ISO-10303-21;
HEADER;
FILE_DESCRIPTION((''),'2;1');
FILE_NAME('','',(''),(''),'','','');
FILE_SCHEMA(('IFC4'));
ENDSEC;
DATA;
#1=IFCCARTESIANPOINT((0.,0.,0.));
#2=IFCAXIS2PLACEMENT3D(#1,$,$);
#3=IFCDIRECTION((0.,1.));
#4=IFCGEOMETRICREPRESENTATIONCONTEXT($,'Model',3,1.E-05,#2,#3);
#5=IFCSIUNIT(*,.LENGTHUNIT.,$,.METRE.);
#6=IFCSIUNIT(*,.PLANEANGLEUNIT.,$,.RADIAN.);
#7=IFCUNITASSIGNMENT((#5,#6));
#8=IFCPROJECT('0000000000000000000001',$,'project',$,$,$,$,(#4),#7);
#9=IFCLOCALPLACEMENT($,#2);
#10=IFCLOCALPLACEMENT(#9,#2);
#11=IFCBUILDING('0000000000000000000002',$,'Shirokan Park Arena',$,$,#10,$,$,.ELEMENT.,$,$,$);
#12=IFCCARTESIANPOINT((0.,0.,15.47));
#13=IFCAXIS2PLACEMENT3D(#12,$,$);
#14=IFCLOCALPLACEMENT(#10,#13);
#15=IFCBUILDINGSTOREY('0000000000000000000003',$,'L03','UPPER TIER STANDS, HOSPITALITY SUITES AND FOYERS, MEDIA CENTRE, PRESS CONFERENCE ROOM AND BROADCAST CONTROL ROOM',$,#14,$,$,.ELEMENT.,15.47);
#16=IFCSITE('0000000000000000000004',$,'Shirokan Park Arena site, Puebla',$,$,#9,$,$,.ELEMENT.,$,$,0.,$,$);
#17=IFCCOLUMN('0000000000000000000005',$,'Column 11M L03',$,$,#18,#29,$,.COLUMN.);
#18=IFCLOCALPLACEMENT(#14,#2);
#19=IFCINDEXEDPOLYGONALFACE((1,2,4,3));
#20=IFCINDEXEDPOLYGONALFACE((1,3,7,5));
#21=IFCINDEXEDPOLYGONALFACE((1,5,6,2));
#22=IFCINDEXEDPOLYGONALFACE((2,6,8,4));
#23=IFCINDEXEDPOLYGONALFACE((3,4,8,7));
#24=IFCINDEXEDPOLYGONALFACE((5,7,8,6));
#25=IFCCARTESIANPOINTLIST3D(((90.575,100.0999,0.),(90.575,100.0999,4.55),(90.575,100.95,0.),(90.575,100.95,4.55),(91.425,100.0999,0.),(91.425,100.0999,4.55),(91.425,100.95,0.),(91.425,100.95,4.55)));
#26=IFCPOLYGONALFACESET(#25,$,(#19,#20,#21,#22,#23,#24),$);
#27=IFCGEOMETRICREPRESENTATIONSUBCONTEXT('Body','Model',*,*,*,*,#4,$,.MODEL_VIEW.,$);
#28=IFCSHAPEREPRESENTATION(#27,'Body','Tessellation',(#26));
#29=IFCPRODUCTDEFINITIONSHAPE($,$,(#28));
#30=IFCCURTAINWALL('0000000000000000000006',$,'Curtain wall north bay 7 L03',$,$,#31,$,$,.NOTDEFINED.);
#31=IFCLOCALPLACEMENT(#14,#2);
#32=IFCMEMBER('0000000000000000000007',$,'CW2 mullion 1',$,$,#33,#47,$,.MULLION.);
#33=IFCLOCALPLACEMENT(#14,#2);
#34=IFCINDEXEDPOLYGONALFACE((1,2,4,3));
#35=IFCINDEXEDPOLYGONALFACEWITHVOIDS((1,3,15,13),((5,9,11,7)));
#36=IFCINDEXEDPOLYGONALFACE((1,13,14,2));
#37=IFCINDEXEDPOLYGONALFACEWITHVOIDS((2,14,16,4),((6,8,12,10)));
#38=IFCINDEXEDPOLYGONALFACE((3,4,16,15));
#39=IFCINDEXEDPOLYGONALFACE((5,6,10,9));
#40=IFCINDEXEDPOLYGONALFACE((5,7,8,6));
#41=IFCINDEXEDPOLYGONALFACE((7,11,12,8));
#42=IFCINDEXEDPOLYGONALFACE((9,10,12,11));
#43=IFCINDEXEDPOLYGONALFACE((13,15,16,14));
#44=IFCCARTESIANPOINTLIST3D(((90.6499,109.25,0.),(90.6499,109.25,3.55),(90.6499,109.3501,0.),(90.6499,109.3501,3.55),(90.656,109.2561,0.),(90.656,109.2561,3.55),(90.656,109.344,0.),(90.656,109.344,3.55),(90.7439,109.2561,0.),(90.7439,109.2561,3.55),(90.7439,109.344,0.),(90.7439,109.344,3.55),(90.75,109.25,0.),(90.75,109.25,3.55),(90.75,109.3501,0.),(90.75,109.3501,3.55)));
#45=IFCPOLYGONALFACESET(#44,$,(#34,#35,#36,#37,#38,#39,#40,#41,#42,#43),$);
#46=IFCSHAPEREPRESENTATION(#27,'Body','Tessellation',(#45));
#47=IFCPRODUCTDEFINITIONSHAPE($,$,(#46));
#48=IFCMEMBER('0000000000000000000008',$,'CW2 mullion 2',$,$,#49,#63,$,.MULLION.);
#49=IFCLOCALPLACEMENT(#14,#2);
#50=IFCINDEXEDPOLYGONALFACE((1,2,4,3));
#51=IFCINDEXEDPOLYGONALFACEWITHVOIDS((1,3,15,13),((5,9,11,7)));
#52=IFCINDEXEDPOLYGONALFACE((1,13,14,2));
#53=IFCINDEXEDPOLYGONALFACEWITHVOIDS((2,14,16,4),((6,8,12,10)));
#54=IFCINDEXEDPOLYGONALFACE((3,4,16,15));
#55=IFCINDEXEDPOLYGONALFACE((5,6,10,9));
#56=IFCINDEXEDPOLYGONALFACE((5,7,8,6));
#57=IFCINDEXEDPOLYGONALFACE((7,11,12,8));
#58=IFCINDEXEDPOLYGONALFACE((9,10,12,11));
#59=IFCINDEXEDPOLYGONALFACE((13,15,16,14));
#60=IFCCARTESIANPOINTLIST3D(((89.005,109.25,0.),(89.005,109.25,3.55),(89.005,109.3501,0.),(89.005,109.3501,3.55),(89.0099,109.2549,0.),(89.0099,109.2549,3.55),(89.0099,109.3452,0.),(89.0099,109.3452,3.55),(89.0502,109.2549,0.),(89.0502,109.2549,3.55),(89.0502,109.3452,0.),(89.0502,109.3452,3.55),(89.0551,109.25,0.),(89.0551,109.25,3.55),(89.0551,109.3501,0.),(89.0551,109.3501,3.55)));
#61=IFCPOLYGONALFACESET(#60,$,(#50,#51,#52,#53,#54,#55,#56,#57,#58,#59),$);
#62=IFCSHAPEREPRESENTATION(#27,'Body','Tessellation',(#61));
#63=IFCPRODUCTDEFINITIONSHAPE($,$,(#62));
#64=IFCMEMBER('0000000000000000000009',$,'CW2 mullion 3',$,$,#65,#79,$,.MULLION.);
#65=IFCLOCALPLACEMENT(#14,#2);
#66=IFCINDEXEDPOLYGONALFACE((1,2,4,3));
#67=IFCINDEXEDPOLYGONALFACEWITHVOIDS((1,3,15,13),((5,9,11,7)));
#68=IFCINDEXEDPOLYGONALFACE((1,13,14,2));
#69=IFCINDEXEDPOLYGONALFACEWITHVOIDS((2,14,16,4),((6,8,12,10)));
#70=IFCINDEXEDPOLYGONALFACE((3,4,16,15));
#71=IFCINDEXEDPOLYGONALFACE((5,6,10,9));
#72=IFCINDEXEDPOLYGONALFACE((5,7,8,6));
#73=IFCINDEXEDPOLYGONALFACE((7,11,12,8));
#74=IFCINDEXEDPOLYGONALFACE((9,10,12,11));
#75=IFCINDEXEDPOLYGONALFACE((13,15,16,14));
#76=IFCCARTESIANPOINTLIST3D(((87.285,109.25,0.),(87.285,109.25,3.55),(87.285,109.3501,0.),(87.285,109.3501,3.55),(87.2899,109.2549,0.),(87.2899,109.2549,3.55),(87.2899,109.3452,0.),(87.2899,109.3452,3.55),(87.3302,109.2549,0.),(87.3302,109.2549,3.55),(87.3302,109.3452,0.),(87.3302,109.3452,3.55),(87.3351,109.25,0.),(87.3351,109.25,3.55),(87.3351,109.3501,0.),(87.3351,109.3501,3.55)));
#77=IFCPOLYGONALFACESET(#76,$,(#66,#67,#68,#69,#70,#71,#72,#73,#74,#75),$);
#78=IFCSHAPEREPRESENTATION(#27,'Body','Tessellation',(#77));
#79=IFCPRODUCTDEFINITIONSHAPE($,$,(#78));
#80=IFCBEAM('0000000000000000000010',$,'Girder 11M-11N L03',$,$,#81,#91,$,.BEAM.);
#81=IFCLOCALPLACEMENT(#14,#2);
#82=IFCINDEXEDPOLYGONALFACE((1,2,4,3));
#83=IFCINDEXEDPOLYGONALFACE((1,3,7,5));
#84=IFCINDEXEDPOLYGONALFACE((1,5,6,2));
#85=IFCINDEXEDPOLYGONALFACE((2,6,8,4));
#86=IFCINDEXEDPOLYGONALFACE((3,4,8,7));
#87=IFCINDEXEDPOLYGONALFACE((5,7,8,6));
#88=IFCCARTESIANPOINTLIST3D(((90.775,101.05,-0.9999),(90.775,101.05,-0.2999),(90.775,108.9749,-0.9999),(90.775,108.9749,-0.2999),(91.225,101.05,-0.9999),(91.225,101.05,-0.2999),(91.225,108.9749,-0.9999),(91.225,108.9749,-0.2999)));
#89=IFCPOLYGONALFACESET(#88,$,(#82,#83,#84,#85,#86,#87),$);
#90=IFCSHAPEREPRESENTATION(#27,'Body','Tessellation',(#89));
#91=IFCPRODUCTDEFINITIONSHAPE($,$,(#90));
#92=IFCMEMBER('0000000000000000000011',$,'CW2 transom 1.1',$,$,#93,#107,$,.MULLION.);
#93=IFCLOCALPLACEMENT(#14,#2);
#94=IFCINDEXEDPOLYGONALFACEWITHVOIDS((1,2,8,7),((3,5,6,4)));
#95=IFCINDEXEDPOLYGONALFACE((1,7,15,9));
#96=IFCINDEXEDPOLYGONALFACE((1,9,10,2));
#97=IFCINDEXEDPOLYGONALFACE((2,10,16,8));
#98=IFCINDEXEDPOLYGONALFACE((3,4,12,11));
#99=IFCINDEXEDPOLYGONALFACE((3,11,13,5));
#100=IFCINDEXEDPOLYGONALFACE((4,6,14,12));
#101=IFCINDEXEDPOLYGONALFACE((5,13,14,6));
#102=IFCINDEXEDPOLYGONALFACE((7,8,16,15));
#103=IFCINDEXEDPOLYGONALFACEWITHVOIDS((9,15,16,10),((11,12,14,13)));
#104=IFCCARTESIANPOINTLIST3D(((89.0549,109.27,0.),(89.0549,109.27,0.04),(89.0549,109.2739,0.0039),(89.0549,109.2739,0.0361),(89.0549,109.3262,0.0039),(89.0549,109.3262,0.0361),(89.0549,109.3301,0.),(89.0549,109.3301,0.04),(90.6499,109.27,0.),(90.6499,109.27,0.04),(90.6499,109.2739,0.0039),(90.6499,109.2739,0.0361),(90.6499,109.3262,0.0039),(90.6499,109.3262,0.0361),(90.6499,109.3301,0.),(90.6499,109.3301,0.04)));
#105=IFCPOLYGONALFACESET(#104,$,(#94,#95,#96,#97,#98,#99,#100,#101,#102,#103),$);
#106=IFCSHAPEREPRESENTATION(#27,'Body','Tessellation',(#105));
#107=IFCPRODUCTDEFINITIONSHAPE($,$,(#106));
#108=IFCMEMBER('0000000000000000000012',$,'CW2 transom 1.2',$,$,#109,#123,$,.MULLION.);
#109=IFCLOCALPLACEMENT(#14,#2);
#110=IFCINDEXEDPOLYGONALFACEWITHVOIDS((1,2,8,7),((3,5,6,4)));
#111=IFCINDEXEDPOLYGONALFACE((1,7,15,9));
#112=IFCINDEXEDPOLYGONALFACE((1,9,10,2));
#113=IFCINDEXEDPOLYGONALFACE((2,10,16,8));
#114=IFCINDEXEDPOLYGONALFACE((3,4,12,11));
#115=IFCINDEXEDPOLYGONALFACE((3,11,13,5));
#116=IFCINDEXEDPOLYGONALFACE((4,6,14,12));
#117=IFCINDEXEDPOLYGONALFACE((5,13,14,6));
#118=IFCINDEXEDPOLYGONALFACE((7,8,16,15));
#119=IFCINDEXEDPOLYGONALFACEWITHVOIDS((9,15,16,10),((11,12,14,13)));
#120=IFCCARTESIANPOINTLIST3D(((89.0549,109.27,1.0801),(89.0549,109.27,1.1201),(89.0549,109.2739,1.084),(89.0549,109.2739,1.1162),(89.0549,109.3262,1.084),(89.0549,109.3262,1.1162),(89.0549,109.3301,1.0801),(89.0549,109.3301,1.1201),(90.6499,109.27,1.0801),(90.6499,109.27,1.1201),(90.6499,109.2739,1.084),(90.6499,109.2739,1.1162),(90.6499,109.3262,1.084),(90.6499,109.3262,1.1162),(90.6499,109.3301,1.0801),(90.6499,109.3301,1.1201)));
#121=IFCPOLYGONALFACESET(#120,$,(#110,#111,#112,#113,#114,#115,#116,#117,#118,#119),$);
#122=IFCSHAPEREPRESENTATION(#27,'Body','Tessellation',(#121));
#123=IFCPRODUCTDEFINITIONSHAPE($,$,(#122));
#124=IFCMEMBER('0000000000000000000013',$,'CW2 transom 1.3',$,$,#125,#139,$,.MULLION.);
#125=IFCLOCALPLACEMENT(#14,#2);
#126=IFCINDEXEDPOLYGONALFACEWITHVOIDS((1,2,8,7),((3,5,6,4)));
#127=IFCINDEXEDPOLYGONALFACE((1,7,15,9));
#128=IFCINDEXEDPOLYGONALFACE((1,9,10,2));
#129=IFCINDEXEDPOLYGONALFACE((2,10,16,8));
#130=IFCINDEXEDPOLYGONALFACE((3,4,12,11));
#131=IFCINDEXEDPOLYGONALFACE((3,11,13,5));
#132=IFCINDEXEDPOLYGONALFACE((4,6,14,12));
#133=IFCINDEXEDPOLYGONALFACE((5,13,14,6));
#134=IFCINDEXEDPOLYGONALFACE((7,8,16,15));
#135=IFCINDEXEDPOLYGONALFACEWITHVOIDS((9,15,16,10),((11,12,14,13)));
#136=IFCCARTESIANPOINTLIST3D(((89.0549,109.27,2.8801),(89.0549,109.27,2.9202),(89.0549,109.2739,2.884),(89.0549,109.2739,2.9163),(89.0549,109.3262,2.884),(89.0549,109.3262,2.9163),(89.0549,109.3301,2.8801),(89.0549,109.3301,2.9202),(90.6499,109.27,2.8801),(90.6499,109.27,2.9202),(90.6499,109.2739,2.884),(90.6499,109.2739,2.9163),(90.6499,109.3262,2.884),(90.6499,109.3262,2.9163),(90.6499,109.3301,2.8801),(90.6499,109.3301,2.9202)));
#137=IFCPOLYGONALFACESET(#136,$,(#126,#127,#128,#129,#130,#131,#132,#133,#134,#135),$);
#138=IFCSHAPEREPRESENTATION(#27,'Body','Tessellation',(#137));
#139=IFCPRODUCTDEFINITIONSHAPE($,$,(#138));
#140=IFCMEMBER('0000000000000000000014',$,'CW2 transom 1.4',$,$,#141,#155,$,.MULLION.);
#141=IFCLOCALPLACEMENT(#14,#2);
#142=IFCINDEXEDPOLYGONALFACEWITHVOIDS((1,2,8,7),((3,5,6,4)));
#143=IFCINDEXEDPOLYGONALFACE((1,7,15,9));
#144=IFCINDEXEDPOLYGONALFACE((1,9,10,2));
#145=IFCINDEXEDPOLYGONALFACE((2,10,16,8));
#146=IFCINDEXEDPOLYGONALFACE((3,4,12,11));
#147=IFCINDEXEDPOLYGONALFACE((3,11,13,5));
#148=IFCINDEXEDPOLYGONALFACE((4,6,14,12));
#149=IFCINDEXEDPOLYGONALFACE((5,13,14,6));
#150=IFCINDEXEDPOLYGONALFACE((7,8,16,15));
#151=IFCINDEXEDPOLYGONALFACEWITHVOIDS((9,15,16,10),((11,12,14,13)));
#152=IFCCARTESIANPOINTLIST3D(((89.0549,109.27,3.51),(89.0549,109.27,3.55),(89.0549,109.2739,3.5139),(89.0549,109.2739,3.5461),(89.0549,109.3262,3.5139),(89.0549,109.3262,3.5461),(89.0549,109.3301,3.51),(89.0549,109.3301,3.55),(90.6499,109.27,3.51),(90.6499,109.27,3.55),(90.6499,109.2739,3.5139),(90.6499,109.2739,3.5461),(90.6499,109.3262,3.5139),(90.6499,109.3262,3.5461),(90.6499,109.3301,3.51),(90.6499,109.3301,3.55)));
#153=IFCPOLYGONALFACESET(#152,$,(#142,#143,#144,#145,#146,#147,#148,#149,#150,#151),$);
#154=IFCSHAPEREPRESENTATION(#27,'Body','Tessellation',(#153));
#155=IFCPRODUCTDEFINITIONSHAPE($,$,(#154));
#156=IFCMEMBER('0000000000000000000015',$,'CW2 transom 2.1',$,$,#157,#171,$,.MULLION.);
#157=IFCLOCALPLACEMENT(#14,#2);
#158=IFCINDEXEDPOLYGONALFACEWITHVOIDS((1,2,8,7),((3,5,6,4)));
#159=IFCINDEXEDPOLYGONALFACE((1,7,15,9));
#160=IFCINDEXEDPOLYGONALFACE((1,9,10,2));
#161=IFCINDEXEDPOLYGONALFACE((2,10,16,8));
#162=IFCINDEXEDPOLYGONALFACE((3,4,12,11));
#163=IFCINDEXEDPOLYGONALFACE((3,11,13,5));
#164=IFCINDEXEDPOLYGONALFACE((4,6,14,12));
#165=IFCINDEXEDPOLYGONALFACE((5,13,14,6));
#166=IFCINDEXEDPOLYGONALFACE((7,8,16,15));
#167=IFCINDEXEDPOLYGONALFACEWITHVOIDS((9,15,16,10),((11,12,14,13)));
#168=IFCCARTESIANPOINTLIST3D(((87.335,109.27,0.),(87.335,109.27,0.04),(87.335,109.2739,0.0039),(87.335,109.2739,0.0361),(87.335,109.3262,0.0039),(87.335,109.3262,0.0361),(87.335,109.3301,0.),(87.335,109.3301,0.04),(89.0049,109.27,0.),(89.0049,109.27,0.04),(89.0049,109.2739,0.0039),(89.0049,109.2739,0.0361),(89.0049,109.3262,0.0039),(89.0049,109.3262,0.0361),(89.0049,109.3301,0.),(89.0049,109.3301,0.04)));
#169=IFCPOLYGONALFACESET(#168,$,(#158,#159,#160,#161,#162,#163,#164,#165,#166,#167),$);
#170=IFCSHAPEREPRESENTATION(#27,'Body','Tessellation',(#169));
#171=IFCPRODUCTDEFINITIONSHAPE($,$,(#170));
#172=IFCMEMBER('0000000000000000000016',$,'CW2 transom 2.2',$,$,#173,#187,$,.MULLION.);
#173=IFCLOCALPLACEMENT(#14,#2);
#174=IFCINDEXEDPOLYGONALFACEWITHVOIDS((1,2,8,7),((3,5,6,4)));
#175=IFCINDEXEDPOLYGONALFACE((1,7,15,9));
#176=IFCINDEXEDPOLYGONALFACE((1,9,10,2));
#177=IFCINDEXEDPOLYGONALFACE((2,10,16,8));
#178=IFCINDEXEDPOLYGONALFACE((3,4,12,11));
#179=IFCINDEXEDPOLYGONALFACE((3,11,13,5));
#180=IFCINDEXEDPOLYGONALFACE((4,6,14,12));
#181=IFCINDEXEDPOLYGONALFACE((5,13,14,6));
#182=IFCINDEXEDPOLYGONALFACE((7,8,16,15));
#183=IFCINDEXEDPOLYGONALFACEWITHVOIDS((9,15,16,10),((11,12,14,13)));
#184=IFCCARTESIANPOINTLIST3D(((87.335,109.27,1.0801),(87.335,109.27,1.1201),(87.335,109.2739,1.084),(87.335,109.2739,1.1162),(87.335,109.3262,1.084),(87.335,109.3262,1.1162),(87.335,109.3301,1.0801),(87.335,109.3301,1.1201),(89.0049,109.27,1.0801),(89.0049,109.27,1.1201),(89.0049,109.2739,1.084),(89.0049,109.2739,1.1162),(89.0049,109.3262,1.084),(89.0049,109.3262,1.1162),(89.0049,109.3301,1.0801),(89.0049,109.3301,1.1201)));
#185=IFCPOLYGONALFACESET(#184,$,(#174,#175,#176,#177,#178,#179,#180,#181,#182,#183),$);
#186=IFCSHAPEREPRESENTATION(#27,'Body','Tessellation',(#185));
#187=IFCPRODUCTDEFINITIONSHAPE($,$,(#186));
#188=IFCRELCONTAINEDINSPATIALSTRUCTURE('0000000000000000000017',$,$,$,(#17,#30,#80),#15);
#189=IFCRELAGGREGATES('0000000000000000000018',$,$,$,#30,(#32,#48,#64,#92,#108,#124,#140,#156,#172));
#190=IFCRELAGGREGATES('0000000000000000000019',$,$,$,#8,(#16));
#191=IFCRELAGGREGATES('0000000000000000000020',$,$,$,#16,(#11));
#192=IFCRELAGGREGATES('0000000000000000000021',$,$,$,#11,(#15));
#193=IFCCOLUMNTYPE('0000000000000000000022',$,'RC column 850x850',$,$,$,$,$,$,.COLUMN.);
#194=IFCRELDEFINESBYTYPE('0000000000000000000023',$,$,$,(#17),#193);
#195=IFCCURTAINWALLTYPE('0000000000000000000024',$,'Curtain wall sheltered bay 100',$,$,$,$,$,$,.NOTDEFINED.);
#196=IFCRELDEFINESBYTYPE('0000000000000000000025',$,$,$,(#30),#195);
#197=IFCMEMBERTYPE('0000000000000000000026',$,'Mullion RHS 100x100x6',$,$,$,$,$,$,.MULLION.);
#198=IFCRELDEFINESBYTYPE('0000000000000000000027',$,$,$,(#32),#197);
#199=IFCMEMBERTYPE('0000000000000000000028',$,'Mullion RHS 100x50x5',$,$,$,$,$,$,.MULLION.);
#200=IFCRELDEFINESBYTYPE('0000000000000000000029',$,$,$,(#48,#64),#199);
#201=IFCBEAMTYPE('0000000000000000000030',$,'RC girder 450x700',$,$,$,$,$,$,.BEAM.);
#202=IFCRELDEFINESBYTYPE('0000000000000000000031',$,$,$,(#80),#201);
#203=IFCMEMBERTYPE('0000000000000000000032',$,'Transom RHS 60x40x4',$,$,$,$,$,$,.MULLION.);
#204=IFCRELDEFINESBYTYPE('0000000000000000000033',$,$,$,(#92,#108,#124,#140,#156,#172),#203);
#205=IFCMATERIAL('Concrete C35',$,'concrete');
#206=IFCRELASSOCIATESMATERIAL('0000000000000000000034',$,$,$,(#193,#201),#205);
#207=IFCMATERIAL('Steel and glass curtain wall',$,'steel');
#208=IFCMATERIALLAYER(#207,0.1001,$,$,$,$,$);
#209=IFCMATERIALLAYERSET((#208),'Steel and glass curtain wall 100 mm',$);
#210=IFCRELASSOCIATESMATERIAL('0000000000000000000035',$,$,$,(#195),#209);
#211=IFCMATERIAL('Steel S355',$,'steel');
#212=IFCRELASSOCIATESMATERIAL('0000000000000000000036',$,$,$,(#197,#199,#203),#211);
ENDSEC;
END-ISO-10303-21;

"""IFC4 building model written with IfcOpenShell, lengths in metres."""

from ifc_helpers import new_model, si_unit, direction, frame, origin, origin_2d, place, context, subcontext, project, spatial, rectangle, hollow_rectangle, extrude, material, layer, layer_set, material_profile, profile_set, type_object, element, aggregate, save


model = new_model("IFC4")

# Units and contexts
model_context = context("Model", 3, precision=1e-05, world=origin(), true_north=direction((0.0, 1.0)))
body_context = subcontext(model_context, "Body", "Model", "MODEL_VIEW")
ifc_project = project(units=[si_unit("LENGTHUNIT", "METRE"), si_unit("PLANEANGLEUNIT", "RADIAN")], contexts=[model_context])

# Site, building, storey
site_placement = place(None, origin())
site = spatial("IfcSite", under=ifc_project, at=site_placement, Name="Shirokan Park Arena site, Puebla", CompositionType="ELEMENT", RefElevation=0.0)
building_placement = place(site_placement, origin())
building = spatial("IfcBuilding", under=site, at=building_placement, Name="Shirokan Park Arena", CompositionType="ELEMENT")
storey_placement = place(building_placement, frame((0.0, 0.0, 15.47)))
storey = spatial("IfcBuildingStorey", under=building, at=storey_placement, Name="L03", Description="UPPER TIER STANDS, HOSPITALITY SUITES AND FOYERS, MEDIA CENTRE, PRESS CONFERENCE ROOM AND BROADCAST CONTROL ROOM", CompositionType="ELEMENT", Elevation=15.47)

# Column
ifc_material_1 = material(Name="Concrete C35", Category="concrete")
ifc_material_profile_1 = material_profile(ifc_material_1, rectangle(XDim=0.8501, YDim=0.8501, at=origin_2d()), Name="850x850")
ifc_profile_set_1 = profile_set([ifc_material_profile_1], Name="Concrete C35")
column_type = type_object("IfcColumnType", Name="RC column 850x850", PredefinedType="COLUMN", material=ifc_profile_set_1)
column_placement = place(storey_placement, frame((91.0, 100.5249, 0.0), z_axis=(0.0, 0.0, 1.0), x_axis=(1.0, 0.0, 0.0)))
element("IfcColumn", 1, at=column_placement, inside=storey, type_object=column_type, Name="Column 11M L03", PredefinedType="COLUMN", context=body_context, shape_type="SweptSolid", body=[
    extrude(rectangle(XDim=0.8501, YDim=0.8501, at=origin_2d()), origin(), (0.0, 0.0, 1.0), 4.55),
])

# Curtain wall, members
ifc_material_2 = material(Name="Steel and glass curtain wall", Category="steel")
ifc_layer_1 = layer(ifc_material_2, 0.1001)
ifc_layer_set_1 = layer_set([ifc_layer_1], Name="Steel and glass curtain wall 100 mm")
curtain_wall_type = type_object("IfcCurtainWallType", Name="Curtain wall sheltered bay 100", PredefinedType="NOTDEFINED", material=ifc_layer_set_1)
curtain_wall_placement = place(storey_placement, origin())
curtain_wall = element("IfcCurtainWall", 2, at=curtain_wall_placement, inside=storey, type_object=curtain_wall_type, Name="Curtain wall north bay 7 L03", PredefinedType="NOTDEFINED")
ifc_material_3 = material(Name="Steel S355", Category="steel")
ifc_material_profile_2 = material_profile(ifc_material_3, hollow_rectangle(XDim=0.1001, YDim=0.1001, WallThickness=0.0061, at=origin_2d()), Name="RHS 100x100x6")
ifc_profile_set_2 = profile_set([ifc_material_profile_2], Name="Steel S355")
member_type_1 = type_object("IfcMemberType", Name="Mullion RHS 100x100x6", PredefinedType="MULLION", material=ifc_profile_set_2)
member_1_placement = place(storey_placement, frame((90.7, 109.3, 0.0), z_axis=(0.0, 0.0, 1.0), x_axis=(0.0, -1.0, 0.0)))
member_1 = element("IfcMember", 3, at=member_1_placement, type_object=member_type_1, Name="CW2 mullion 1", PredefinedType="MULLION", context=body_context, shape_type="SweptSolid", body=[
    extrude(hollow_rectangle(XDim=0.1001, YDim=0.1001, WallThickness=0.0061, at=origin_2d()), origin(), (0.0, 0.0, 1.0), 3.55),
])
ifc_material_profile_3 = material_profile(ifc_material_3, hollow_rectangle(XDim=0.1001, YDim=0.05, WallThickness=0.0049, at=origin_2d()), Name="RHS 100x50x5")
ifc_profile_set_3 = profile_set([ifc_material_profile_3], Name="Steel S355")
member_type_2 = type_object("IfcMemberType", Name="Mullion RHS 100x50x5", PredefinedType="MULLION", material=ifc_profile_set_3)
member_2_placement = place(storey_placement, frame((89.03, 109.3, 0.0), z_axis=(0.0, 0.0, 1.0), x_axis=(0.0, -1.0, 0.0)))
member_2 = element("IfcMember", 4, at=member_2_placement, type_object=member_type_2, Name="CW2 mullion 2", PredefinedType="MULLION", context=body_context, shape_type="SweptSolid", body=[
    extrude(hollow_rectangle(XDim=0.1001, YDim=0.05, WallThickness=0.0049, at=origin_2d()), origin(), (0.0, 0.0, 1.0), 3.55),
])
member_3_placement = place(storey_placement, frame((87.3101, 109.3, 0.0), z_axis=(0.0, 0.0, 1.0), x_axis=(0.0, -1.0, 0.0)))
member_3 = element("IfcMember", 5, at=member_3_placement, type_object=member_type_2, Name="CW2 mullion 3", PredefinedType="MULLION", context=body_context, shape_type="SweptSolid", body=[
    extrude(hollow_rectangle(XDim=0.1001, YDim=0.05, WallThickness=0.0049, at=origin_2d()), origin(), (0.0, 0.0, 1.0), 3.55),
])

# Beam
ifc_material_profile_4 = material_profile(ifc_material_1, rectangle(XDim=0.45, YDim=0.7, at=origin_2d()), Name="450x700")
ifc_profile_set_4 = profile_set([ifc_material_profile_4], Name="Concrete C35")
beam_type = type_object("IfcBeamType", Name="RC girder 450x700", PredefinedType="BEAM", material=ifc_profile_set_4)
beam_placement = place(storey_placement, frame((91.0, 101.05, -0.6499), z_axis=(0.0, 1.0, 0.0), x_axis=(-1.0, 0.0, 0.0)))
element("IfcBeam", 6, at=beam_placement, inside=storey, type_object=beam_type, Name="Girder 11M-11N L03", PredefinedType="BEAM", context=body_context, shape_type="SweptSolid", body=[
    extrude(rectangle(XDim=0.45, YDim=0.7, at=origin_2d()), origin(), (0.0, 0.0, 1.0), 7.9248),
])

# Members
ifc_material_profile_5 = material_profile(ifc_material_3, hollow_rectangle(XDim=0.0601, YDim=0.04, WallThickness=0.0039, at=origin_2d()), Name="RHS 60x40x4")
ifc_profile_set_5 = profile_set([ifc_material_profile_5], Name="Steel S355")
member_type_3 = type_object("IfcMemberType", Name="Transom RHS 60x40x4", PredefinedType="MULLION", material=ifc_profile_set_5)
member_4_placement = place(storey_placement, frame((90.6499, 109.3, 0.02), z_axis=(-1.0, 0.0, 0.0), x_axis=(0.0, -1.0, 0.0)))
member_4 = element("IfcMember", 7, at=member_4_placement, type_object=member_type_3, Name="CW2 transom 1.1", PredefinedType="MULLION", context=body_context, shape_type="SweptSolid", body=[
    extrude(hollow_rectangle(XDim=0.0601, YDim=0.04, WallThickness=0.0039, at=origin_2d()), origin(), (0.0, 0.0, 1.0), 1.595),
])
member_5_placement = place(storey_placement, frame((90.6499, 109.3, 1.1001), z_axis=(-1.0, 0.0, 0.0), x_axis=(0.0, -1.0, 0.0)))
member_5 = element("IfcMember", 8, at=member_5_placement, type_object=member_type_3, Name="CW2 transom 1.2", PredefinedType="MULLION", context=body_context, shape_type="SweptSolid", body=[
    extrude(hollow_rectangle(XDim=0.0601, YDim=0.04, WallThickness=0.0039, at=origin_2d()), origin(), (0.0, 0.0, 1.0), 1.595),
])
member_6_placement = place(storey_placement, frame((90.6499, 109.3, 2.9001), z_axis=(-1.0, 0.0, 0.0), x_axis=(0.0, -1.0, 0.0)))
member_6 = element("IfcMember", 9, at=member_6_placement, type_object=member_type_3, Name="CW2 transom 1.3", PredefinedType="MULLION", context=body_context, shape_type="SweptSolid", body=[
    extrude(hollow_rectangle(XDim=0.0601, YDim=0.04, WallThickness=0.0039, at=origin_2d()), origin(), (0.0, 0.0, 1.0), 1.595),
])
member_7_placement = place(storey_placement, frame((90.6499, 109.3, 3.53), z_axis=(-1.0, 0.0, 0.0), x_axis=(0.0, -1.0, 0.0)))
member_7 = element("IfcMember", 10, at=member_7_placement, type_object=member_type_3, Name="CW2 transom 1.4", PredefinedType="MULLION", context=body_context, shape_type="SweptSolid", body=[
    extrude(hollow_rectangle(XDim=0.0601, YDim=0.04, WallThickness=0.0039, at=origin_2d()), origin(), (0.0, 0.0, 1.0), 1.595),
])
member_8_placement = place(storey_placement, frame((89.0049, 109.3, 0.02), z_axis=(-1.0, 0.0, 0.0), x_axis=(0.0, -1.0, 0.0)))
member_8 = element("IfcMember", 11, at=member_8_placement, type_object=member_type_3, Name="CW2 transom 2.1", PredefinedType="MULLION", context=body_context, shape_type="SweptSolid", body=[
    extrude(hollow_rectangle(XDim=0.0601, YDim=0.04, WallThickness=0.0039, at=origin_2d()), origin(), (0.0, 0.0, 1.0), 1.6699),
])
member_9_placement = place(storey_placement, frame((89.0049, 109.3, 1.1001), z_axis=(-1.0, 0.0, 0.0), x_axis=(0.0, -1.0, 0.0)))
member_9 = element("IfcMember", 12, at=member_9_placement, type_object=member_type_3, Name="CW2 transom 2.2", PredefinedType="MULLION", context=body_context, shape_type="SweptSolid", body=[
    extrude(hollow_rectangle(XDim=0.0601, YDim=0.04, WallThickness=0.0039, at=origin_2d()), origin(), (0.0, 0.0, 1.0), 1.6699),
])

aggregate(curtain_wall, [member_1, member_2, member_3, member_4, member_5, member_6, member_7, member_8, member_9])

save(model, "model.ifc")
